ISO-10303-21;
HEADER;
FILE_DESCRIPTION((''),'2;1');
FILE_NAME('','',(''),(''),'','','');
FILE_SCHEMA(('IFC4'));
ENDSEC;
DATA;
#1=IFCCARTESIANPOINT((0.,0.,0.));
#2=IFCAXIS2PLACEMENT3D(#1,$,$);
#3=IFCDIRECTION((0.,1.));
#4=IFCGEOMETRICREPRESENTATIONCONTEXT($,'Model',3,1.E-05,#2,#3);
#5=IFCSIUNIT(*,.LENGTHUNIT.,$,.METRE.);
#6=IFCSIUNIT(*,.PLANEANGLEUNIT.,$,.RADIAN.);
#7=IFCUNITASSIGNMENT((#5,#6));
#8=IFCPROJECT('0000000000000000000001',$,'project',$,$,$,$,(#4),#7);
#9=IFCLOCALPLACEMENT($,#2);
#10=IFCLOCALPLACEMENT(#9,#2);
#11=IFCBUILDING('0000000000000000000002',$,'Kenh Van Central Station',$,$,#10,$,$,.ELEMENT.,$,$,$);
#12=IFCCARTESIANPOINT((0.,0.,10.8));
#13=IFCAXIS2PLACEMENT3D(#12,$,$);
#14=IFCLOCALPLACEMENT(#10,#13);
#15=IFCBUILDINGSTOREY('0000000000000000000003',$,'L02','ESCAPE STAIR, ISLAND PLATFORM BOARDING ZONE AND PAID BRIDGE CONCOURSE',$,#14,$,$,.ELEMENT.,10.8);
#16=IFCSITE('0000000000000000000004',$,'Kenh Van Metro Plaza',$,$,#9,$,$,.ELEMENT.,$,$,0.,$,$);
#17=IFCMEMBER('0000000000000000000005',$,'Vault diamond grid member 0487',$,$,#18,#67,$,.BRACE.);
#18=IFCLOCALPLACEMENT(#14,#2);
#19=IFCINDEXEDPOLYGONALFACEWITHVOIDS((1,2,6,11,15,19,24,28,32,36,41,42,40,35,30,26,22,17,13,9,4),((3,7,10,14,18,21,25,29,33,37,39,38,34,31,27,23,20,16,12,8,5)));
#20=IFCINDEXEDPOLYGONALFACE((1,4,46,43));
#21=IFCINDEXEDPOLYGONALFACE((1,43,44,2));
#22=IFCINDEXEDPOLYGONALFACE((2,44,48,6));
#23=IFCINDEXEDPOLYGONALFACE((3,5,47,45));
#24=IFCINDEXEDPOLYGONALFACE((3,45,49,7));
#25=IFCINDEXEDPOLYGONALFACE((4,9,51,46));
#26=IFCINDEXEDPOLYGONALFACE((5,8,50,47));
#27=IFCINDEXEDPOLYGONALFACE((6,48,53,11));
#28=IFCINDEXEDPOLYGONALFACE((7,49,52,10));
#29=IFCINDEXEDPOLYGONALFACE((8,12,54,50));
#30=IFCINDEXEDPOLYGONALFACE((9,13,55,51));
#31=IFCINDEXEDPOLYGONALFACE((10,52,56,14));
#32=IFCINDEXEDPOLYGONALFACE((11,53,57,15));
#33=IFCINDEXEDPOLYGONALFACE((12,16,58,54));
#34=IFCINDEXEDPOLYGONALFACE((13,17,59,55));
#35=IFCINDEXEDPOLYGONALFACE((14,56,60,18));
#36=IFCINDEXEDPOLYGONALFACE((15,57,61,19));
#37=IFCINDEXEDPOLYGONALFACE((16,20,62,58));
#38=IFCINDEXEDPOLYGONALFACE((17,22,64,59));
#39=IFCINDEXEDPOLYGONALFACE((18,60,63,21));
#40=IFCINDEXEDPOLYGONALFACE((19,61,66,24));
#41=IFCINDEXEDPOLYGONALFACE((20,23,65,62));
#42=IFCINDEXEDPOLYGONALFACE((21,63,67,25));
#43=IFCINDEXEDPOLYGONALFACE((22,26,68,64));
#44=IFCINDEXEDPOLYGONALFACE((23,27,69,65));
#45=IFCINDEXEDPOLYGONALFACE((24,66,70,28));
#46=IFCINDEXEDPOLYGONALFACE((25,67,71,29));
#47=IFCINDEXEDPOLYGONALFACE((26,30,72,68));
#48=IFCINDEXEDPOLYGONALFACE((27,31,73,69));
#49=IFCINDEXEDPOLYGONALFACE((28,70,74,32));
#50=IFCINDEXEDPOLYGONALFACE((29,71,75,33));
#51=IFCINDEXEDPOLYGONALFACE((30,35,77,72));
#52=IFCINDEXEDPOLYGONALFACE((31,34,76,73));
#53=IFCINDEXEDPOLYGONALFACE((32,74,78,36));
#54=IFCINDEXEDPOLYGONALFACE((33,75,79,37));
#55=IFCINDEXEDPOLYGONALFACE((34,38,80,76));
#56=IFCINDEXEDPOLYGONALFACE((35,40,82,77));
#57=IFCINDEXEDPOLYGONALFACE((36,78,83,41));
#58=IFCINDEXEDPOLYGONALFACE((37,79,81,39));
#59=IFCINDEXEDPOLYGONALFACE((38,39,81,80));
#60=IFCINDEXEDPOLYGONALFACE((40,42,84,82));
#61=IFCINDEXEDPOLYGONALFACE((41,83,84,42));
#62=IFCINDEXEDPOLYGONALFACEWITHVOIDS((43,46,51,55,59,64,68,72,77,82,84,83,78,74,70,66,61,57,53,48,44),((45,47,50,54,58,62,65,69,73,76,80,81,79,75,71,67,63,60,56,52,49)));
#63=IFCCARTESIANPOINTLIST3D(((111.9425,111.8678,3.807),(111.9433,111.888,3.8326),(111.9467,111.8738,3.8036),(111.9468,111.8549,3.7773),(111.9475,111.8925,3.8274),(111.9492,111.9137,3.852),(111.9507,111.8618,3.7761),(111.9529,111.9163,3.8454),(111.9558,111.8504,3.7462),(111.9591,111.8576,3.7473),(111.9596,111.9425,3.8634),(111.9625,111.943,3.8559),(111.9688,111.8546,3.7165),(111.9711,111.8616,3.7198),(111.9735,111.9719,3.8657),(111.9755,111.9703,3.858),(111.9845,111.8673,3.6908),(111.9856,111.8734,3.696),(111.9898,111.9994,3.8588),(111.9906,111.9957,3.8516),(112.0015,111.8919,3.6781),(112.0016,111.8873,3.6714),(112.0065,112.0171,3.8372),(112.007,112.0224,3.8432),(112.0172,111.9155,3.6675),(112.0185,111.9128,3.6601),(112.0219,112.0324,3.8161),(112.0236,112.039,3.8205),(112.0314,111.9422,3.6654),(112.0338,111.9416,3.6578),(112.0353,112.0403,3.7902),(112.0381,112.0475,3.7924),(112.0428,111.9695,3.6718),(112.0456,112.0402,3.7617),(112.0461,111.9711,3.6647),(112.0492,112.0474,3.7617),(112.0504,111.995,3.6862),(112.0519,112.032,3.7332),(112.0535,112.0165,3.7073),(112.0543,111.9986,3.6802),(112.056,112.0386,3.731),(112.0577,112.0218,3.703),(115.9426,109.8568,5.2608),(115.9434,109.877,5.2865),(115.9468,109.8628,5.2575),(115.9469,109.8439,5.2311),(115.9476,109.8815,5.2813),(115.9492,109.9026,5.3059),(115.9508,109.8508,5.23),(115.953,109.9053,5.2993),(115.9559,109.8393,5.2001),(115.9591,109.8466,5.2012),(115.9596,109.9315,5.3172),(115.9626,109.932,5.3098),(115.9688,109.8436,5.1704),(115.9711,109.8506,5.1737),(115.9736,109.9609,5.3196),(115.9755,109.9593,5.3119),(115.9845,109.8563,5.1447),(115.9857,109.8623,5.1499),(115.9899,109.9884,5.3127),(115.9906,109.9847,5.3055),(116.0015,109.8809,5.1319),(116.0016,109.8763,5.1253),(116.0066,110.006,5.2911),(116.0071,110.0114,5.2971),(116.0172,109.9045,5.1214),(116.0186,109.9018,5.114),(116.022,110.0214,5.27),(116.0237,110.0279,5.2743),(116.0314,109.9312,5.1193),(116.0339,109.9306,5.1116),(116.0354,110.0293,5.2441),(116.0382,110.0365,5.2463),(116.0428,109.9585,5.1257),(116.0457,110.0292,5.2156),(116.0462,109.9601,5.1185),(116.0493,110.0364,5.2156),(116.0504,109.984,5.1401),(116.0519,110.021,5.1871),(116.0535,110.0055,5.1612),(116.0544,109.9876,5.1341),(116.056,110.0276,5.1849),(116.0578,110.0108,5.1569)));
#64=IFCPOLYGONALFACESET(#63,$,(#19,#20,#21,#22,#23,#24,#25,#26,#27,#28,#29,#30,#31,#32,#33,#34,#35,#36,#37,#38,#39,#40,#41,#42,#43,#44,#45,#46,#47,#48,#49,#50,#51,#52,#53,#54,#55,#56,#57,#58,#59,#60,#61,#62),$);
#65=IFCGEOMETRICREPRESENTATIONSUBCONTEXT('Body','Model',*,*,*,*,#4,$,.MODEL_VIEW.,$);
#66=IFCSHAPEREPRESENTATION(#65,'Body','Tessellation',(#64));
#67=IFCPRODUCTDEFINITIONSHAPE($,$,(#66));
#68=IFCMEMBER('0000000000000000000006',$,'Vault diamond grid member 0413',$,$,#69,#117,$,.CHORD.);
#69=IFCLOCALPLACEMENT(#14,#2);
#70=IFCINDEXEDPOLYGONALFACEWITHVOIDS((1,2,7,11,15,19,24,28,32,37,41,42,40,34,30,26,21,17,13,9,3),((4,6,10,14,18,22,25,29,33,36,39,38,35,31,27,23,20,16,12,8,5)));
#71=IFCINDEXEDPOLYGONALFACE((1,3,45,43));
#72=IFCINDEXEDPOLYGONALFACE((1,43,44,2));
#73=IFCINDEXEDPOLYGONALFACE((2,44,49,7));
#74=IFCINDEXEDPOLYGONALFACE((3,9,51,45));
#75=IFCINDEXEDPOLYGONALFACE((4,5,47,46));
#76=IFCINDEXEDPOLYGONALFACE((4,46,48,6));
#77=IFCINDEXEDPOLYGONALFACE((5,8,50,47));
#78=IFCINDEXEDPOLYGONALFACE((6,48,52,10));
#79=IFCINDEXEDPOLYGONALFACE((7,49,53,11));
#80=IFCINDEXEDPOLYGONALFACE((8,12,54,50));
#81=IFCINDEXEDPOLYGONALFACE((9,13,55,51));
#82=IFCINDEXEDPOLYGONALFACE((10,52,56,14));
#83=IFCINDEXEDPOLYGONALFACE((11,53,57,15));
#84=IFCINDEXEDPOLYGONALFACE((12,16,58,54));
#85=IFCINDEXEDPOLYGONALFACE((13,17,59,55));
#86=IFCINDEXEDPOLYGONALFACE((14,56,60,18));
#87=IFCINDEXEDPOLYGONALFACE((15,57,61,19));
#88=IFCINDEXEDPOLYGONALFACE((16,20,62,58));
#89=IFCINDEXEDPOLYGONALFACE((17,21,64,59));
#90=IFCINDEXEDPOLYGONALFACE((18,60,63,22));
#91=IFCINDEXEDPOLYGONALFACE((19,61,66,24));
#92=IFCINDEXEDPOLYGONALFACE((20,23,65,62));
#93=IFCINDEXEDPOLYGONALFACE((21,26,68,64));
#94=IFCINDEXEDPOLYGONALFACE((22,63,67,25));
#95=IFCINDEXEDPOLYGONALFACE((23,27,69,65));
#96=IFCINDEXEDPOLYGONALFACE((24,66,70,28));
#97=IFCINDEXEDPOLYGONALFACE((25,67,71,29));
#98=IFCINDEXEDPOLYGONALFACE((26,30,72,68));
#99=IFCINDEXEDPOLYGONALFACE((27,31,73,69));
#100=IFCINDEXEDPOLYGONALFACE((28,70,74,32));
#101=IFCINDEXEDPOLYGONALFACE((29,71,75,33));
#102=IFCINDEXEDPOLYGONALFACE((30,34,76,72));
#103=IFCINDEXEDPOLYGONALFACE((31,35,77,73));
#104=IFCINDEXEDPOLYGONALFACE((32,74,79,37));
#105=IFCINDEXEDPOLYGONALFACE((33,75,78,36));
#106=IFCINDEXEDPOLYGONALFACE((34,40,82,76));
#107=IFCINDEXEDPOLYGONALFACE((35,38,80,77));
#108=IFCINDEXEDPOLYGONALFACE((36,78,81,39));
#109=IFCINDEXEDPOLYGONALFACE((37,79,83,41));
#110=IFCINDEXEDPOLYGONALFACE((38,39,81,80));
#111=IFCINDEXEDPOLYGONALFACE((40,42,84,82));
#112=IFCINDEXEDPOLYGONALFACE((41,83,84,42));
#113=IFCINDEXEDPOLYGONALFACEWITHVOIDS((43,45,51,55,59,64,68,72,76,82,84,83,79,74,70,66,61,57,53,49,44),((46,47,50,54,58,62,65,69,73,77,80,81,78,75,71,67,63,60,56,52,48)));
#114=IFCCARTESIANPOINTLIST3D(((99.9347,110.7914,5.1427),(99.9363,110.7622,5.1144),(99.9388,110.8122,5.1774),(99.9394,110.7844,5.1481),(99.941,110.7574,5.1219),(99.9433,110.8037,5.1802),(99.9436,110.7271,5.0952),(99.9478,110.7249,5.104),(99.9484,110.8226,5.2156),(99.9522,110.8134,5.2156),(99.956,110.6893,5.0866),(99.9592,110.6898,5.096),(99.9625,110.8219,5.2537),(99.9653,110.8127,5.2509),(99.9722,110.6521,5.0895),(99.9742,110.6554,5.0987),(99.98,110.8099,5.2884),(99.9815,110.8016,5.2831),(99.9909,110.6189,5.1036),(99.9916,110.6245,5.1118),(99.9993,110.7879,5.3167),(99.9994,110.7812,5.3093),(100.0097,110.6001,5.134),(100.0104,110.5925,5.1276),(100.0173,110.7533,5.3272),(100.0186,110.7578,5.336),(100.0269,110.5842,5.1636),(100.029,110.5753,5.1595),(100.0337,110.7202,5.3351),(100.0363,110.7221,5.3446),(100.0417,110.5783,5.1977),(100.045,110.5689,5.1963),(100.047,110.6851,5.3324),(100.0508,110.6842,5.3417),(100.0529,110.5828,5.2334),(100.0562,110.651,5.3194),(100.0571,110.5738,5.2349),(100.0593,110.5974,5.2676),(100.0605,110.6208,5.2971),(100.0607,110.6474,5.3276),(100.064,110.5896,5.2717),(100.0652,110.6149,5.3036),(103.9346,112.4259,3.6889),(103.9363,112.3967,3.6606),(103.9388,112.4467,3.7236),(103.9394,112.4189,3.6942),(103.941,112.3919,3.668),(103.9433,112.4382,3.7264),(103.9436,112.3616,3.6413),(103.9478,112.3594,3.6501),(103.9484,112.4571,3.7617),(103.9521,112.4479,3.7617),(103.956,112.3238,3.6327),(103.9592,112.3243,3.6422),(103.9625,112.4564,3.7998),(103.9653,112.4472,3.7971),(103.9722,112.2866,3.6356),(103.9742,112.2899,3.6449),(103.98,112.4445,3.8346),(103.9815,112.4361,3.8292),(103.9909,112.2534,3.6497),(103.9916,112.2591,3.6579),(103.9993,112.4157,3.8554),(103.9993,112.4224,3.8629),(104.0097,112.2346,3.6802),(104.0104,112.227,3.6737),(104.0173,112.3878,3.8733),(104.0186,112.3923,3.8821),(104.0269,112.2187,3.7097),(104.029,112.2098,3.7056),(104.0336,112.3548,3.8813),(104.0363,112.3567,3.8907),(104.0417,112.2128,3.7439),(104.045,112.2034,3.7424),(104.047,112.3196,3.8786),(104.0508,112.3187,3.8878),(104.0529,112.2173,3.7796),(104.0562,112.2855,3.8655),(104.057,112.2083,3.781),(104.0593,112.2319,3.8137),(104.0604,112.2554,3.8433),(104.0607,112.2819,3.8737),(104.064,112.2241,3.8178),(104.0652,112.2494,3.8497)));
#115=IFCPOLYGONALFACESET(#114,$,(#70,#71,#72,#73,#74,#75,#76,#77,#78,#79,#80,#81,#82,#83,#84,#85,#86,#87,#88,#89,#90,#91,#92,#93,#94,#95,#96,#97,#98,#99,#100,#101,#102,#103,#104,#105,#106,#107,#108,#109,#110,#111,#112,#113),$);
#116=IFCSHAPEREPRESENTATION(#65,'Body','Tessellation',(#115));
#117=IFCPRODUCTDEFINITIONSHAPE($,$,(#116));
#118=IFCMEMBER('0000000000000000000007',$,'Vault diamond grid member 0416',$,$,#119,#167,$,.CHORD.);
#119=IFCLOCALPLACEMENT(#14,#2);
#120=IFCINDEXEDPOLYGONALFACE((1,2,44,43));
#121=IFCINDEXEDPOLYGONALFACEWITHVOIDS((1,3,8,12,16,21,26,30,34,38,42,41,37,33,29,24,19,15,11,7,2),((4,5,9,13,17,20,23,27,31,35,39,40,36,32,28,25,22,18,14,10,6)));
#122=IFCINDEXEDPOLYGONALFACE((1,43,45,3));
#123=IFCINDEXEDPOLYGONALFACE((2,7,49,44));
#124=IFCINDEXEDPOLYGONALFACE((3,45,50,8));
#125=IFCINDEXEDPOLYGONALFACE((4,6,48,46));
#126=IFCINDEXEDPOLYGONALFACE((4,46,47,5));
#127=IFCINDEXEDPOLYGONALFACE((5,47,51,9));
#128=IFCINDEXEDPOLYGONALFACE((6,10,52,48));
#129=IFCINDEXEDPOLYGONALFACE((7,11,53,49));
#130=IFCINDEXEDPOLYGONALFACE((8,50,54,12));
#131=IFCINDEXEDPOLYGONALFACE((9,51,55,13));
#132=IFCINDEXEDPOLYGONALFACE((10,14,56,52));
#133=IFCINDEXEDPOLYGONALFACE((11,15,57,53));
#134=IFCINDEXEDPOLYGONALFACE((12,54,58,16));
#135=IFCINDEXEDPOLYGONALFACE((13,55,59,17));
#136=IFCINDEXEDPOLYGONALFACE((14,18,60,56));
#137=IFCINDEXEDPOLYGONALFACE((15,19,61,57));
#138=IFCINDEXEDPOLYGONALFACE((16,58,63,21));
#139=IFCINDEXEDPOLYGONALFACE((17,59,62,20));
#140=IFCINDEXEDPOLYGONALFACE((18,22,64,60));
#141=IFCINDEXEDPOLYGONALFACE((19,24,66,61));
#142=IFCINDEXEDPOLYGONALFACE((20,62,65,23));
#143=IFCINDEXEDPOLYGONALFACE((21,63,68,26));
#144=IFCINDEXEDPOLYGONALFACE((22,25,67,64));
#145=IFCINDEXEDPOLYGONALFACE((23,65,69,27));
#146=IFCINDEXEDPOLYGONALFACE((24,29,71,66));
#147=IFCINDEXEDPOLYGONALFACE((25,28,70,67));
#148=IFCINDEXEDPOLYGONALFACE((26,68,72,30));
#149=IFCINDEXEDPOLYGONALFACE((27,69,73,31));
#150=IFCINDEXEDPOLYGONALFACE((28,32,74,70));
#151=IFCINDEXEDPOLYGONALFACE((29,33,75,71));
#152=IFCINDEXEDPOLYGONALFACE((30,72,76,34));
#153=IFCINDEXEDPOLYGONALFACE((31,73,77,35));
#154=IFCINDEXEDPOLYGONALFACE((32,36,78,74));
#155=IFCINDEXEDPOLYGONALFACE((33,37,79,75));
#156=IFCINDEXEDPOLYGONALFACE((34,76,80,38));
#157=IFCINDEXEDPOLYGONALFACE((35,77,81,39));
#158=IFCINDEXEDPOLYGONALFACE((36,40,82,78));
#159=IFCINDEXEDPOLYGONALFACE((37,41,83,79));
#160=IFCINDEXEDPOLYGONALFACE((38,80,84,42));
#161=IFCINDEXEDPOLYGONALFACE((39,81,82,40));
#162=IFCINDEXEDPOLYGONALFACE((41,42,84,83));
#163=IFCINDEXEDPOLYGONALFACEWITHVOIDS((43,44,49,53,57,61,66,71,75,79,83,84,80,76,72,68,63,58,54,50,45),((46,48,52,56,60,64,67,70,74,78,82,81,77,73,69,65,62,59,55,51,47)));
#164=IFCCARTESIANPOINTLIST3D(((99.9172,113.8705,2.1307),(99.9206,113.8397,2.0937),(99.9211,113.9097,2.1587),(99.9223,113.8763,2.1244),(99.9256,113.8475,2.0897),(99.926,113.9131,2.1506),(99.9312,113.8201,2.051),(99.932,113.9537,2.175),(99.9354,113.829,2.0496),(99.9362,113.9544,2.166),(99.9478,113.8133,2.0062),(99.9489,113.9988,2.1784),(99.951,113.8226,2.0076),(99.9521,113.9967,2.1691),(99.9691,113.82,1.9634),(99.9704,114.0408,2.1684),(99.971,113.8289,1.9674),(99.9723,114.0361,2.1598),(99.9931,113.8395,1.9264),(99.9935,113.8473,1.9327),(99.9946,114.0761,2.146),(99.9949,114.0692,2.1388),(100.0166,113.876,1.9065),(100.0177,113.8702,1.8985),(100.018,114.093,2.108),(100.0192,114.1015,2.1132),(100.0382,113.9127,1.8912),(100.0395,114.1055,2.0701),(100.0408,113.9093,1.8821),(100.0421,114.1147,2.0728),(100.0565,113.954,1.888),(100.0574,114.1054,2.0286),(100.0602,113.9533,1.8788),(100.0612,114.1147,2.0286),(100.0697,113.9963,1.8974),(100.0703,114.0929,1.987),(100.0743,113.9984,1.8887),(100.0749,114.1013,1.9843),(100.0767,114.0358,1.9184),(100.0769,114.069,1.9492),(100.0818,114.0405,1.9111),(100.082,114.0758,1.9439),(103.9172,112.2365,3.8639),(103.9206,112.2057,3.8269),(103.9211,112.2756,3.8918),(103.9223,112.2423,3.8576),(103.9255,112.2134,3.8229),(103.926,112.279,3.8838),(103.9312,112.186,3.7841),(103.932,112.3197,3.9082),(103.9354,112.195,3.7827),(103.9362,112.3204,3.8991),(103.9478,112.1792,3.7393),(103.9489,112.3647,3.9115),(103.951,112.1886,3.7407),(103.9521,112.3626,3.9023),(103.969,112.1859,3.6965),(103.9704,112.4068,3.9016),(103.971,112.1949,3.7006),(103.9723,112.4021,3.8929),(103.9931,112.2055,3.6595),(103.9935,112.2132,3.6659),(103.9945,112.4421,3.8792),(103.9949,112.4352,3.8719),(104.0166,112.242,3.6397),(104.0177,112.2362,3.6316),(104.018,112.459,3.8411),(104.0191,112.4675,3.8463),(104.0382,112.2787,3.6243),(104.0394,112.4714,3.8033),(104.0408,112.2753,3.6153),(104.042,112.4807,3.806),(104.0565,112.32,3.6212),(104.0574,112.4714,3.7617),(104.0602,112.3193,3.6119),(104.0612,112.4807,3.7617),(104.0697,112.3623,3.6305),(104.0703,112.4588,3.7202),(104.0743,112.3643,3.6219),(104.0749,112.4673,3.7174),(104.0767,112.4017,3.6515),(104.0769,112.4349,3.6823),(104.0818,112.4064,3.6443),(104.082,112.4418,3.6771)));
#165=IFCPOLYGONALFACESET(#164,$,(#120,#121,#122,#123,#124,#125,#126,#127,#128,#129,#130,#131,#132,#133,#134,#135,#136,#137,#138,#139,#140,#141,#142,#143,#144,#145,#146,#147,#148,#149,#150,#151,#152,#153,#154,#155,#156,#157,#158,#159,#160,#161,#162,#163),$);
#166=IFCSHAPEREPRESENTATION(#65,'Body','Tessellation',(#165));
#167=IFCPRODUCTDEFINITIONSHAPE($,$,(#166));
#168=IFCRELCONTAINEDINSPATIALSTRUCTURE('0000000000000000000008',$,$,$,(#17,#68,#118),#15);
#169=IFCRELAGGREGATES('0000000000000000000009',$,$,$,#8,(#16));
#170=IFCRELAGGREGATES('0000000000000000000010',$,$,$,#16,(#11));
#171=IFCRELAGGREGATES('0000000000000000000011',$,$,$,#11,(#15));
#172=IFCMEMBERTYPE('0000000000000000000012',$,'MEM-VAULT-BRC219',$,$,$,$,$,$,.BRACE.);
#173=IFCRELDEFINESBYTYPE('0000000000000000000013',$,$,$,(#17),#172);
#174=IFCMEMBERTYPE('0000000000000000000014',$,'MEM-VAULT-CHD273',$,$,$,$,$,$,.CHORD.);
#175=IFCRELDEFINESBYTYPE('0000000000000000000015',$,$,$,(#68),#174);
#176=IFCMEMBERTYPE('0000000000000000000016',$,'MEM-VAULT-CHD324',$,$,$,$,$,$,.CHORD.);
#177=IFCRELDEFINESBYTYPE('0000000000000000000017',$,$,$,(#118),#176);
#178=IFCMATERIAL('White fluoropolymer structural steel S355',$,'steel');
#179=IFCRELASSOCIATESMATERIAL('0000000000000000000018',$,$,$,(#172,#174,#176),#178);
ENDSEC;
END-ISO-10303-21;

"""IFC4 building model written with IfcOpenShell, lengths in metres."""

from ifc_helpers import new_model, si_unit, direction, frame, origin, origin_2d, place, context, subcontext, project, spatial, hollow_circle, extrude, material, material_profile, profile_set, type_object, element, save


model = new_model("IFC4")

# Units and contexts
model_context = context("Model", 3, precision=1e-05, world=origin(), true_north=direction((0.0, 1.0)))
body_context = subcontext(model_context, "Body", "Model", "MODEL_VIEW")
ifc_project = project(units=[si_unit("LENGTHUNIT", "METRE"), si_unit("PLANEANGLEUNIT", "RADIAN")], contexts=[model_context])

# Site, building, storey
site_placement = place(None, origin())
site = spatial("IfcSite", under=ifc_project, at=site_placement, Name="Kenh Van Metro Plaza", CompositionType="ELEMENT", RefElevation=0.0)
building_placement = place(site_placement, origin())
building = spatial("IfcBuilding", under=site, at=building_placement, Name="Kenh Van Central Station", CompositionType="ELEMENT")
storey_placement = place(building_placement, frame((0.0, 0.0, 10.8)))
storey = spatial("IfcBuildingStorey", under=building, at=storey_placement, Name="L02", Description="ESCAPE STAIR, ISLAND PLATFORM BOARDING ZONE AND PAID BRIDGE CONCOURSE", CompositionType="ELEMENT", Elevation=10.8)

# Shared definitions
ifc_material_1 = material(Name="White fluoropolymer structural steel S355", Category="steel")

# Members
ifc_material_profile_1 = material_profile(ifc_material_1, hollow_circle(Radius=0.1096, WallThickness=0.0081, at=origin_2d()), Name="CHS 219.1x8")
ifc_profile_set_1 = profile_set([ifc_material_profile_1], Name="White fluoropolymer structural steel S355")
member_type_1 = type_object("IfcMemberType", Name="MEM-VAULT-BRC219", PredefinedType="BRACE", material=ifc_profile_set_1)
member_1_placement = place(storey_placement, frame((112.0, 111.9495, 3.7617), z_axis=(0.849761, -0.427215, 0.308858), x_axis=(0.449176, 0.893443, 0.0)))
element("IfcMember", 1, at=member_1_placement, inside=storey, type_object=member_type_1, Name="Vault diamond grid member 0487", PredefinedType="BRACE", context=body_context, shape_type="SweptSolid", body=[
    extrude(hollow_circle(Radius=0.1096, WallThickness=0.0081, at=origin_2d()), origin(), (0.0, 0.0, 1.0), 4.7073),
])
ifc_material_profile_2 = material_profile(ifc_material_1, hollow_circle(Radius=0.1365, WallThickness=0.01, at=origin_2d()), Name="CHS 273x10")
ifc_profile_set_2 = profile_set([ifc_material_profile_2], Name="White fluoropolymer structural steel S355")
member_type_2 = type_object("IfcMemberType", Name="MEM-VAULT-CHD273", PredefinedType="CHORD", material=ifc_profile_set_2)
member_2_placement = place(storey_placement, frame((100.0, 110.6963, 5.2156), z_axis=(0.877367, 0.358519, -0.318892), x_axis=(-0.378268, 0.925696, 0.0)))
element("IfcMember", 2, at=member_2_placement, inside=storey, type_object=member_type_2, Name="Vault diamond grid member 0413", PredefinedType="CHORD", context=body_context, shape_type="SweptSolid", body=[
    extrude(hollow_circle(Radius=0.1365, WallThickness=0.01, at=origin_2d()), origin(), (0.0, 0.0, 1.0), 4.5591),
])
ifc_material_profile_3 = material_profile(ifc_material_1, hollow_circle(Radius=0.1619, WallThickness=0.01, at=origin_2d()), Name="CHS 323.9x10")
ifc_profile_set_3 = profile_set([ifc_material_profile_3], Name="White fluoropolymer structural steel S355")
member_type_3 = type_object("IfcMemberType", Name="MEM-VAULT-CHD324", PredefinedType="CHORD", material=ifc_profile_set_3)
member_3_placement = place(storey_placement, frame((100.0, 113.9648, 2.0286), z_axis=(0.859195, -0.350988, 0.372279), x_axis=(0.378171, 0.925736, 0.0)))
element("IfcMember", 3, at=member_3_placement, inside=storey, type_object=member_type_3, Name="Vault diamond grid member 0416", PredefinedType="CHORD", context=body_context, shape_type="SweptSolid", body=[
    extrude(hollow_circle(Radius=0.1619, WallThickness=0.01, at=origin_2d()), origin(), (0.0, 0.0, 1.0), 4.6555),
])

save(model, "model.ifc")
